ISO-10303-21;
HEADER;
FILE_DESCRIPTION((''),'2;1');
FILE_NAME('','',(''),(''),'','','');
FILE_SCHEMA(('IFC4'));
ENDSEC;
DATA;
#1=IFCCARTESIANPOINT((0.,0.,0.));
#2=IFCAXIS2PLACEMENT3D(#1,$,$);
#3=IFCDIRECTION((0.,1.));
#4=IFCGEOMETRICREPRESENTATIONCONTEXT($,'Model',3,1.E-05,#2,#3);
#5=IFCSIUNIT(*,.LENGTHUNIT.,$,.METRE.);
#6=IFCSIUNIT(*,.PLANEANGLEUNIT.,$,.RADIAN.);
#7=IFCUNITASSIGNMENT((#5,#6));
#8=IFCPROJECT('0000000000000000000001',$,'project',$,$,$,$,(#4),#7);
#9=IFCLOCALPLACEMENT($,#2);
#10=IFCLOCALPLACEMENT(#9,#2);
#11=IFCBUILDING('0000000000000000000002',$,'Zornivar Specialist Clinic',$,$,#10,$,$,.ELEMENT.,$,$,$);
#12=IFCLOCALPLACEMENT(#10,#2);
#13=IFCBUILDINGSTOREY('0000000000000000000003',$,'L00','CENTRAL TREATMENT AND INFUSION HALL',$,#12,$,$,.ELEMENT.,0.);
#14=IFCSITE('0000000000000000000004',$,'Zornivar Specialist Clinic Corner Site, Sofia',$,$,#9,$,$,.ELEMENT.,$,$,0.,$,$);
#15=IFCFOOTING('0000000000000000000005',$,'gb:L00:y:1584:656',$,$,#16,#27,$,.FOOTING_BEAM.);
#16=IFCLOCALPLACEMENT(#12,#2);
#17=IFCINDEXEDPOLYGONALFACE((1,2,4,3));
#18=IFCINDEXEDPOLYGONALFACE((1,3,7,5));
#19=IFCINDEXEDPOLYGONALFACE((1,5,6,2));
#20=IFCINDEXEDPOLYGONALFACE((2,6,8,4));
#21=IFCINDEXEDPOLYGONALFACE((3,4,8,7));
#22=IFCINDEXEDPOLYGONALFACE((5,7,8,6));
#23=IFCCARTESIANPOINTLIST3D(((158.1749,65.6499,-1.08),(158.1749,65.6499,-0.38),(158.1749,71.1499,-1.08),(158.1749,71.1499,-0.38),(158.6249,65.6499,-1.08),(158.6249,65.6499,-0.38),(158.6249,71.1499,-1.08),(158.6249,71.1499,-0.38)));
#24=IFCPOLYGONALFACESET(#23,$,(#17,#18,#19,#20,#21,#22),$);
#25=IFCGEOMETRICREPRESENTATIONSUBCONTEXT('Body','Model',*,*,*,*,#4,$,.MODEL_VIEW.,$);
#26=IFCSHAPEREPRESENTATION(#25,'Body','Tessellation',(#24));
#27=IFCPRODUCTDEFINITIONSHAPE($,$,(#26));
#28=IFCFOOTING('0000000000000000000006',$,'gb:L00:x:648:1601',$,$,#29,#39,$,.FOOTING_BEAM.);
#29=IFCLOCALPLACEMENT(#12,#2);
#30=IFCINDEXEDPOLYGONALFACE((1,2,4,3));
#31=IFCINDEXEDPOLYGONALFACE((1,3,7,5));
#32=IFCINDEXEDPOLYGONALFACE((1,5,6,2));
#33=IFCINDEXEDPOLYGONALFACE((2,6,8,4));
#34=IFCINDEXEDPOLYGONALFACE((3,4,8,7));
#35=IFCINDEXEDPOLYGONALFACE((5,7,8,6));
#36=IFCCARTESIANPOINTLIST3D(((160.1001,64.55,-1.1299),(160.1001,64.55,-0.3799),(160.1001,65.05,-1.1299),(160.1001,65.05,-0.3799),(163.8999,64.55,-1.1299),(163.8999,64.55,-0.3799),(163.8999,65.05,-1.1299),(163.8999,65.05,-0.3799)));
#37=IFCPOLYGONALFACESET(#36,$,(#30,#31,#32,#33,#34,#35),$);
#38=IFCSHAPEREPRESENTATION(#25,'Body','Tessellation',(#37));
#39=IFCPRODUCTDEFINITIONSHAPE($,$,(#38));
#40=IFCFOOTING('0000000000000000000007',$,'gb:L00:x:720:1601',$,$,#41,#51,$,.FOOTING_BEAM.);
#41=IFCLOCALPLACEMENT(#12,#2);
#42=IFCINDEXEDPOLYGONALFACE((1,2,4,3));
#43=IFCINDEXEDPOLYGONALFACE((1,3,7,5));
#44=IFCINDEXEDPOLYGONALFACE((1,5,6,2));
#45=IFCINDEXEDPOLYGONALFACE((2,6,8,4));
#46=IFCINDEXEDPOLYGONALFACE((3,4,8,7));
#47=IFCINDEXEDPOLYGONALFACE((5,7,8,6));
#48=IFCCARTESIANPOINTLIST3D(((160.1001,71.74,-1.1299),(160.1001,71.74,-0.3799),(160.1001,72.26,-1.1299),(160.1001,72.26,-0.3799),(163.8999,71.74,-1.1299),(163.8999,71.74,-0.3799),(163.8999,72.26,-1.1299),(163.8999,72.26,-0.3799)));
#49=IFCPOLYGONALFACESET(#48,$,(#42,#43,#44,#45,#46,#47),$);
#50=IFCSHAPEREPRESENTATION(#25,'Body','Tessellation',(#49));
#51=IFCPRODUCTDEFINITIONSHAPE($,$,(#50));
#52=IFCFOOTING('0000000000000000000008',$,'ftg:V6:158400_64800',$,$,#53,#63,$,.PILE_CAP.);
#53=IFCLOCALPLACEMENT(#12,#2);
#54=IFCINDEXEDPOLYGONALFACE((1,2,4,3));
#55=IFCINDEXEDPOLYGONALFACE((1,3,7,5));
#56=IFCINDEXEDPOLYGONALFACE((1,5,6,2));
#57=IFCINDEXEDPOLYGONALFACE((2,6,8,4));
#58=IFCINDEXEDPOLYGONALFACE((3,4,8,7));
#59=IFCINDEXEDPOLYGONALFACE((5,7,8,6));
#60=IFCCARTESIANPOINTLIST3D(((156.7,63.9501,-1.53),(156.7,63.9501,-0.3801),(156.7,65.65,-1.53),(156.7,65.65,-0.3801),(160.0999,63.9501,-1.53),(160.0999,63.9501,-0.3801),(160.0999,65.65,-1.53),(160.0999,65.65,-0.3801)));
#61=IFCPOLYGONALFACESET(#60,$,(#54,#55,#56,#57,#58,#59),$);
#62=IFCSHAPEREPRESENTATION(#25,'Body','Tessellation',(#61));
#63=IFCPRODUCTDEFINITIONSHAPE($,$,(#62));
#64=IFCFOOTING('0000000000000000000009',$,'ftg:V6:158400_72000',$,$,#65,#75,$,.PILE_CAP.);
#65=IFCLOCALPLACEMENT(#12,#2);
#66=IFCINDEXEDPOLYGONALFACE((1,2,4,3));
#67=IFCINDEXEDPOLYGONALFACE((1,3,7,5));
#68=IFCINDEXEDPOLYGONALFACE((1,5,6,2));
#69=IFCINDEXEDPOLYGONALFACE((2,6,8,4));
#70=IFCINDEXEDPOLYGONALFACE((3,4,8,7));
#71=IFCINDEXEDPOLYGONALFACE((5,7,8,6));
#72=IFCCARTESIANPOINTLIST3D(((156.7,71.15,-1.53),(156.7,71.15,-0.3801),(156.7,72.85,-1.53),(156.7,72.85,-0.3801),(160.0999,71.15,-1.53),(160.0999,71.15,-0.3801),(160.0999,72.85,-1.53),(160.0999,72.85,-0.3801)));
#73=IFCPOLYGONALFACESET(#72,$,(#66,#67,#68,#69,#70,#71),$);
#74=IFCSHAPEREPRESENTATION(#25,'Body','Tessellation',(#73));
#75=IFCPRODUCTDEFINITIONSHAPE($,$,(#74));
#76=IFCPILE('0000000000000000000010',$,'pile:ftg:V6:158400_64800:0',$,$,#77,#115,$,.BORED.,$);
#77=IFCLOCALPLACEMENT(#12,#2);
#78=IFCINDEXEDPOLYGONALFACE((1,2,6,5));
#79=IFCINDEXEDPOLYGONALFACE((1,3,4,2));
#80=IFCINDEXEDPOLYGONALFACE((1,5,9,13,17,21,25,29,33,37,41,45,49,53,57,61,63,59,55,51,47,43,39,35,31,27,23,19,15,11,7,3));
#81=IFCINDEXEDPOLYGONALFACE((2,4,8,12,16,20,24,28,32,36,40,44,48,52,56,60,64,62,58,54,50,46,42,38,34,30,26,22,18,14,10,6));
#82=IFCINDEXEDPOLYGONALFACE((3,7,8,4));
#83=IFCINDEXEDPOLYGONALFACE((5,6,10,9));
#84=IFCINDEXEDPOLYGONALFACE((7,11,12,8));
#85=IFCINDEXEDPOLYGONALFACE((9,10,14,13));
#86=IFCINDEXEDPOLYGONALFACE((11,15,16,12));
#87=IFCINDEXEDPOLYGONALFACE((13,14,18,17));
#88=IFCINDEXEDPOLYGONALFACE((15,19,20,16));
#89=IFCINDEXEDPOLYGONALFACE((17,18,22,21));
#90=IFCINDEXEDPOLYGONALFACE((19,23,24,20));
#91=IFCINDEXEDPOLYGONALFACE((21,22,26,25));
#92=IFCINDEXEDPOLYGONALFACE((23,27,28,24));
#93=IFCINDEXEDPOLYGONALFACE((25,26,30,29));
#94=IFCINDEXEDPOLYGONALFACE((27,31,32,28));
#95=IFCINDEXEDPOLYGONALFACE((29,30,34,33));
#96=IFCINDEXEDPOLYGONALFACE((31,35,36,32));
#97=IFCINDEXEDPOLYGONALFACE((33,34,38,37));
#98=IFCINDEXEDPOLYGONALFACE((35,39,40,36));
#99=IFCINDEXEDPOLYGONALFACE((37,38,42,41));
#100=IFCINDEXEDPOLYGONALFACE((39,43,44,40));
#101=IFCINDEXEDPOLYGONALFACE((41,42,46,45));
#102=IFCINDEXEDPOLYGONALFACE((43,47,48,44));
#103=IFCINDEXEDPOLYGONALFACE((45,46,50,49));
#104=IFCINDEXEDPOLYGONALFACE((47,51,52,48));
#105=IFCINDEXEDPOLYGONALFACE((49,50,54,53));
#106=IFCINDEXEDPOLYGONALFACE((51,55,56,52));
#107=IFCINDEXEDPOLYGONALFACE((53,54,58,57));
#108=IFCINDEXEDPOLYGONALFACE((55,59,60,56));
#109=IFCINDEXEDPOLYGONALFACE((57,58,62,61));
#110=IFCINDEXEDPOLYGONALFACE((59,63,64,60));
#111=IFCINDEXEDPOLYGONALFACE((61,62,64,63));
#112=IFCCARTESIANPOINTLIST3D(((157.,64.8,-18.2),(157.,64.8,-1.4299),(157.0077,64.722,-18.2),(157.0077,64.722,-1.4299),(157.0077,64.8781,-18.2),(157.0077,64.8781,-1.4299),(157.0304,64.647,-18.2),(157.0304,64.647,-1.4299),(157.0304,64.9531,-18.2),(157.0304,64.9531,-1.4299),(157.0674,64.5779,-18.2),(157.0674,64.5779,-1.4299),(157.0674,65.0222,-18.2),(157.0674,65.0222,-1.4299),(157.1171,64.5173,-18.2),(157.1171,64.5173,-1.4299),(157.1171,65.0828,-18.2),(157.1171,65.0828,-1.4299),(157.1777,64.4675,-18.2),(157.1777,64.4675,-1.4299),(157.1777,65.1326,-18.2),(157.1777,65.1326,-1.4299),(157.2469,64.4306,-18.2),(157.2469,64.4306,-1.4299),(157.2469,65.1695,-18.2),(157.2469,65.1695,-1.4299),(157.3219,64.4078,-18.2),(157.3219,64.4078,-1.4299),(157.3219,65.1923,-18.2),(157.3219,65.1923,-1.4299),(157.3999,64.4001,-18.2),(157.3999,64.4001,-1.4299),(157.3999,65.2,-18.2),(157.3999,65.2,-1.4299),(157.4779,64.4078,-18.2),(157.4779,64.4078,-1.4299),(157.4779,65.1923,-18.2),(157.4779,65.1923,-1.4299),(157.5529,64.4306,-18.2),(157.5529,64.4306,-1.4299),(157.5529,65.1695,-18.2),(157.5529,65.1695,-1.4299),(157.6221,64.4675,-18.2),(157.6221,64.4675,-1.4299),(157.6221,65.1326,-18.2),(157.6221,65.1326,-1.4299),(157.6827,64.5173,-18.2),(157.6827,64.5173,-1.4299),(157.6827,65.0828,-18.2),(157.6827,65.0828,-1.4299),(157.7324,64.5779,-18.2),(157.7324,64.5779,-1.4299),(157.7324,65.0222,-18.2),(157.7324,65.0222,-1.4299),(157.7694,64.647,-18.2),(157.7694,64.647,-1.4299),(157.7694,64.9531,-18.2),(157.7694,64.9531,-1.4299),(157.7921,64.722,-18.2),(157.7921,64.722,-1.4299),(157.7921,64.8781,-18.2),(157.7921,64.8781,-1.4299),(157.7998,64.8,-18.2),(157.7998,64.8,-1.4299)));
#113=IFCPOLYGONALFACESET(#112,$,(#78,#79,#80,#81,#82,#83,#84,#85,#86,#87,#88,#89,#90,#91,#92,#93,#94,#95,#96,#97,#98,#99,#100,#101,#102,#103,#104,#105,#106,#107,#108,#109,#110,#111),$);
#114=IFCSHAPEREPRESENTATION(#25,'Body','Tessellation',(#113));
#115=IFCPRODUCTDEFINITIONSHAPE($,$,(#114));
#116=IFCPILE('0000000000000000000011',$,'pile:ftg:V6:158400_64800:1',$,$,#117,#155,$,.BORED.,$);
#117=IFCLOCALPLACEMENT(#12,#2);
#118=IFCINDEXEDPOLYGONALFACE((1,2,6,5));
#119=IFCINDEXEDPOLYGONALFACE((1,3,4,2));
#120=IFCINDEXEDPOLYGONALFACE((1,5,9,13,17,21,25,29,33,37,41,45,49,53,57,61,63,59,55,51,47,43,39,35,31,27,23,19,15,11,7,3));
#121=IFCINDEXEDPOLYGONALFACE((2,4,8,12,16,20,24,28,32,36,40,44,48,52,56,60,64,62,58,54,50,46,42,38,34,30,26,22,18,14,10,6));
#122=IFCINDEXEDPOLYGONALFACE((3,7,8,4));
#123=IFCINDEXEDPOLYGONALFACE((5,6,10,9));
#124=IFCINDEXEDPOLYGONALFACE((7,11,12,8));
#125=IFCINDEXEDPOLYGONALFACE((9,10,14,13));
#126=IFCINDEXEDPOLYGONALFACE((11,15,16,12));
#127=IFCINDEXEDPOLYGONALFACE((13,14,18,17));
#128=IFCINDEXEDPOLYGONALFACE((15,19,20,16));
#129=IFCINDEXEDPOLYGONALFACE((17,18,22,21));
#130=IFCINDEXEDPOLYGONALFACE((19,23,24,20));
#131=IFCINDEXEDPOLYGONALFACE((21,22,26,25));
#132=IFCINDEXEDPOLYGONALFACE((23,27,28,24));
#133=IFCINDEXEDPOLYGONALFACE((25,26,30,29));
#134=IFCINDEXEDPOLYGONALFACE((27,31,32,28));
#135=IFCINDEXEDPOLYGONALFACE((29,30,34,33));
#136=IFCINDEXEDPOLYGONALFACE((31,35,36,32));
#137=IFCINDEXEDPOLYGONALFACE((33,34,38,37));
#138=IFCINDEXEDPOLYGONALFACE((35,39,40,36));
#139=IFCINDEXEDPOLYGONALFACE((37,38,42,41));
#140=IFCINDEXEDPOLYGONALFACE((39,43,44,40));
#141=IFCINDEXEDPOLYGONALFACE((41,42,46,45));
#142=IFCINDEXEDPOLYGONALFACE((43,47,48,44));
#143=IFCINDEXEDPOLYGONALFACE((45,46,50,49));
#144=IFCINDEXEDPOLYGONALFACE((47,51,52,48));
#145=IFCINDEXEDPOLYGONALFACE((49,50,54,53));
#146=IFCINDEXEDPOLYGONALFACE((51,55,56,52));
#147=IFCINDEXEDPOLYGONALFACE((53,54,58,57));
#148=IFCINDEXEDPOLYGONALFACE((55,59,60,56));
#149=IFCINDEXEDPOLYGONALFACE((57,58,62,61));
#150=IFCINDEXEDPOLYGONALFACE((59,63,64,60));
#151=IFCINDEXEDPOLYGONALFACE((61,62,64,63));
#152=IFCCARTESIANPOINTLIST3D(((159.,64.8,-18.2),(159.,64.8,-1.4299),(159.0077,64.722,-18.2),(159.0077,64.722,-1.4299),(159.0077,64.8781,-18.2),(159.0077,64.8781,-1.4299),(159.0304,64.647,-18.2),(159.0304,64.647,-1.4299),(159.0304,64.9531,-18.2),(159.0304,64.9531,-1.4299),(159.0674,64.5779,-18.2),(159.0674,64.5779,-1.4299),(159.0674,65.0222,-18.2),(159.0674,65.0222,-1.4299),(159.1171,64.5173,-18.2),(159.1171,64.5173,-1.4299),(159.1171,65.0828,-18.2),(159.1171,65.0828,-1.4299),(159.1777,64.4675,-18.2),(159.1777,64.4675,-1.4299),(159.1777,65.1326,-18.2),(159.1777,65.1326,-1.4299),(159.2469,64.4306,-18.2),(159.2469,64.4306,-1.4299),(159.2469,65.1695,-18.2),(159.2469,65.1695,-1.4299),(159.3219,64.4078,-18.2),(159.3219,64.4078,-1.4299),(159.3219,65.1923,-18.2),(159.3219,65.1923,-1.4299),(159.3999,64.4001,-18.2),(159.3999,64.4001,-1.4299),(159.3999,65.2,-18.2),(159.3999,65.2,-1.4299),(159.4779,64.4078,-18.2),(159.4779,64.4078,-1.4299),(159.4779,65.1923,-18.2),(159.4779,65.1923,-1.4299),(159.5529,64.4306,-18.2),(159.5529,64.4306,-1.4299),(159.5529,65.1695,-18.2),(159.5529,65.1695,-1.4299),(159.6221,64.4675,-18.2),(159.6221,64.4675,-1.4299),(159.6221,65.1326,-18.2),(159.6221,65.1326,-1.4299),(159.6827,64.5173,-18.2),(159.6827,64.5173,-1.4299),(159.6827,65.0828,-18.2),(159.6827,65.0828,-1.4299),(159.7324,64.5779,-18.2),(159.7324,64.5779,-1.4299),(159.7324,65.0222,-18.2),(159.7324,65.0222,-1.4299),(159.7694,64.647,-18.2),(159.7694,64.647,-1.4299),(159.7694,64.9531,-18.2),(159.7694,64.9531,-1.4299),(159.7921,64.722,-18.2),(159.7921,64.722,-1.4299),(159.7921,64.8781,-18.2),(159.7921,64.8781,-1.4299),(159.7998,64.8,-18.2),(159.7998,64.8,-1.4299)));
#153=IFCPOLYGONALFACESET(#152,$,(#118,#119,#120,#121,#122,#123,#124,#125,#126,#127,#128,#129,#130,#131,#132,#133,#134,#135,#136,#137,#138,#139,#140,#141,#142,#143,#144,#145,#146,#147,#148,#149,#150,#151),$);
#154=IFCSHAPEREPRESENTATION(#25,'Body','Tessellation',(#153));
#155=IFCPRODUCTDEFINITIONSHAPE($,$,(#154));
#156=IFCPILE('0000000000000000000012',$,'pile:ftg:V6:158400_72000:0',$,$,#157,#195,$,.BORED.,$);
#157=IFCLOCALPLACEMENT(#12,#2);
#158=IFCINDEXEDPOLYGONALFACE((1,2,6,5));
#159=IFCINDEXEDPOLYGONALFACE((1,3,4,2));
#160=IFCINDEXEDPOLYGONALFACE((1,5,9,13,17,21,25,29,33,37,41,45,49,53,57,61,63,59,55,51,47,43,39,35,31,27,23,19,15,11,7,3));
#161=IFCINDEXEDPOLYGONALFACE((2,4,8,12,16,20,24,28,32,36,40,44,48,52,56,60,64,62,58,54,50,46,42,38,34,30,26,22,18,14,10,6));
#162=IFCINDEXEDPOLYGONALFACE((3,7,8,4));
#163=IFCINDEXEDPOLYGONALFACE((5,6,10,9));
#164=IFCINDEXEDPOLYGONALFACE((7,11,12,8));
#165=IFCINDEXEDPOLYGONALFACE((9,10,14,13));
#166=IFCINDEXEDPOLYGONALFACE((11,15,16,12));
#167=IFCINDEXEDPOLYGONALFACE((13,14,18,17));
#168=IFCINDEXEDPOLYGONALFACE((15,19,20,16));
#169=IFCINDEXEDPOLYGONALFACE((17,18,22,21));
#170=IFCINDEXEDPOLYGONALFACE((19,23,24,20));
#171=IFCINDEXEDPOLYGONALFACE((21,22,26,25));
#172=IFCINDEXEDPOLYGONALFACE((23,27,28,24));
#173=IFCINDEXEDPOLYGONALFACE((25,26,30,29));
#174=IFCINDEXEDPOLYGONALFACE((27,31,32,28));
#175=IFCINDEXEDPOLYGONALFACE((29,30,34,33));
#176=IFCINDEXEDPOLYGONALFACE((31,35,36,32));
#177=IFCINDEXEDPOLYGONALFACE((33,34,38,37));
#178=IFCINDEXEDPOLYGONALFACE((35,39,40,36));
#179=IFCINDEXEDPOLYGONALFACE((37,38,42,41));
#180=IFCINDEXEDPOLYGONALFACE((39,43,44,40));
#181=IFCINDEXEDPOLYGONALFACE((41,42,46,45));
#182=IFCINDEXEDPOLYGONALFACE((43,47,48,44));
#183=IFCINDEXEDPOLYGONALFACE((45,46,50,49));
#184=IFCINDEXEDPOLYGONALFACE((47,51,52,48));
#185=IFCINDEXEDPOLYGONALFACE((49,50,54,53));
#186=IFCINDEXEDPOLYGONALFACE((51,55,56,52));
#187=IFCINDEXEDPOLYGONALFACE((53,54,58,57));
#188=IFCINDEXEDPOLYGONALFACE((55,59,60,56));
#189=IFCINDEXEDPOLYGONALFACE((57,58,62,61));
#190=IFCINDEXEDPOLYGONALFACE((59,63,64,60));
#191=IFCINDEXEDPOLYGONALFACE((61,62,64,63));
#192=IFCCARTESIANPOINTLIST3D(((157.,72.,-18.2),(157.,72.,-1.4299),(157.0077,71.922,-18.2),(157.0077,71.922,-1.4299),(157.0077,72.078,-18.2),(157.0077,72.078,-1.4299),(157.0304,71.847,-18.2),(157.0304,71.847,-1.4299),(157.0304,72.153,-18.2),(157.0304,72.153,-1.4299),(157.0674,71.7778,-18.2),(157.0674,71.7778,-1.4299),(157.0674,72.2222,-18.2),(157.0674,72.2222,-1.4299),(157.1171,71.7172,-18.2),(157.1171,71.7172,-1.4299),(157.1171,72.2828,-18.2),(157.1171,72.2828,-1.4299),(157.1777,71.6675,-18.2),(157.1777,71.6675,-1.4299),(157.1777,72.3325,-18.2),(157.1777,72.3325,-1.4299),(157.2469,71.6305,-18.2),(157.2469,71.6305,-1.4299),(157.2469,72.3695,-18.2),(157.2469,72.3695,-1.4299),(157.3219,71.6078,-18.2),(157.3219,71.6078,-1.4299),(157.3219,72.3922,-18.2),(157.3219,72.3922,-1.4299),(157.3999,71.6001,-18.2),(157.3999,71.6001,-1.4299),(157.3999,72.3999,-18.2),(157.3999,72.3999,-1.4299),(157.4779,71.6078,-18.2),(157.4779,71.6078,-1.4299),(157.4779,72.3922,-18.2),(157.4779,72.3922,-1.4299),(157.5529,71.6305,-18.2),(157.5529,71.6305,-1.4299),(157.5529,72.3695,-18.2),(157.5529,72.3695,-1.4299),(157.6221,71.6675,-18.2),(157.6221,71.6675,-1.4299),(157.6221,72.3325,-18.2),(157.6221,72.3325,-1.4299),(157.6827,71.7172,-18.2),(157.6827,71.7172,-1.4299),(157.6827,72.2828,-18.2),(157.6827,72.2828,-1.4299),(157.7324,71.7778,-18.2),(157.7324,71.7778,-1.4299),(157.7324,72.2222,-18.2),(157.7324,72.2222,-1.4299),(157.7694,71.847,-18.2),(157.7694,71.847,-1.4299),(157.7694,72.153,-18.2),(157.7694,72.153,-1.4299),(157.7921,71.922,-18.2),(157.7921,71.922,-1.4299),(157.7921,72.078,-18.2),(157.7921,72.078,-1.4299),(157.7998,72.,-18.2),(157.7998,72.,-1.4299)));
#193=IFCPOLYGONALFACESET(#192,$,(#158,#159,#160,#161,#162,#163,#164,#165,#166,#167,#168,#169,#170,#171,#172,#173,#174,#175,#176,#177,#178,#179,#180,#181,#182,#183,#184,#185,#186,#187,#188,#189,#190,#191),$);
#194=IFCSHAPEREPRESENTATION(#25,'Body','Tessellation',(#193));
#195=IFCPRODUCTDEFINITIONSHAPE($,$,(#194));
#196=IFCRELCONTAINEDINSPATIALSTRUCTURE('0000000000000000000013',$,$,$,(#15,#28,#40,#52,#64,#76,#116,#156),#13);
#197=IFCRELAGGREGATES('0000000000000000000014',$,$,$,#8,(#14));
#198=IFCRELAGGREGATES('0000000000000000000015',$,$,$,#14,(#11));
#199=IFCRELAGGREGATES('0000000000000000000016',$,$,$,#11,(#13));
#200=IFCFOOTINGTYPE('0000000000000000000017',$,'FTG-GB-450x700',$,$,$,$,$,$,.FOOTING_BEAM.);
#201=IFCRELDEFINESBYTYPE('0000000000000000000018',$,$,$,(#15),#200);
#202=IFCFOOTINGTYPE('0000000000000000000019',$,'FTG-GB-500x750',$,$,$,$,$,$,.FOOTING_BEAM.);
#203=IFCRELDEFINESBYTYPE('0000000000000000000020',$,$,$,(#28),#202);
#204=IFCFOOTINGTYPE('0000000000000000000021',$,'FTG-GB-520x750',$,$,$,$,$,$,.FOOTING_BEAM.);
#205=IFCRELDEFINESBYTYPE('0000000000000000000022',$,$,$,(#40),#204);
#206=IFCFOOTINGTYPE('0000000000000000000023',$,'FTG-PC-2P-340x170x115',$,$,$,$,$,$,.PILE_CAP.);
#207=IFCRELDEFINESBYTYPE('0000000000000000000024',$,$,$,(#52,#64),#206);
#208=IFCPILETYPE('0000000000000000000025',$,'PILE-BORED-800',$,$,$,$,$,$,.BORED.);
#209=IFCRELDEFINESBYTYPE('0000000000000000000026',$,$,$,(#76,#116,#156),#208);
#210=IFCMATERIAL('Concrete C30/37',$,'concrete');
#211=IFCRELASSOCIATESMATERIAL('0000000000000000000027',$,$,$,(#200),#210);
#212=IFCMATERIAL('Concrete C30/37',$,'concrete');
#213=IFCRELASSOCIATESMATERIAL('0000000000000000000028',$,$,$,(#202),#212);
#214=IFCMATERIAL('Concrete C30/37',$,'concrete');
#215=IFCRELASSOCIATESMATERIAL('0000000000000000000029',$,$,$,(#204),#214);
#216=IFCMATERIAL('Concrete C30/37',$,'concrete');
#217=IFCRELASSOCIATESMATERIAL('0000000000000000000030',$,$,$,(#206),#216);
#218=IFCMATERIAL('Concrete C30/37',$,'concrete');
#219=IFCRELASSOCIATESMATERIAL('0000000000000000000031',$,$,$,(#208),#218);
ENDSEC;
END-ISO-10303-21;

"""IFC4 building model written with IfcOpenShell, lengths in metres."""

from ifc_helpers import new_model, si_unit, direction, frame, origin, origin_2d, place, context, subcontext, project, spatial, rectangle, circle, extrude, material, material_profile, profile_set, type_object, element, save


model = new_model("IFC4")

# Units and contexts
model_context = context("Model", 3, precision=1e-05, world=origin(), true_north=direction((0.0, 1.0)))
body_context = subcontext(model_context, "Body", "Model", "MODEL_VIEW")
ifc_project = project(units=[si_unit("LENGTHUNIT", "METRE"), si_unit("PLANEANGLEUNIT", "RADIAN")], contexts=[model_context])

# Site, building, storey
site_placement = place(None, origin())
site = spatial("IfcSite", under=ifc_project, at=site_placement, Name="Zornivar Specialist Clinic Corner Site, Sofia", CompositionType="ELEMENT", RefElevation=0.0)
building_placement = place(site_placement, origin())
building = spatial("IfcBuilding", under=site, at=building_placement, Name="Zornivar Specialist Clinic", CompositionType="ELEMENT")
storey_placement = place(building_placement, origin())
storey = spatial("IfcBuildingStorey", under=building, at=storey_placement, Name="L00", Description="CENTRAL TREATMENT AND INFUSION HALL", CompositionType="ELEMENT", Elevation=0.0)

# Footings
ifc_material_1 = material(Name="Concrete C30/37", Category="concrete")
ifc_material_profile_1 = material_profile(ifc_material_1, rectangle(XDim=0.45, YDim=0.7, at=origin_2d()), Name="RC 450x700")
ifc_profile_set_1 = profile_set([ifc_material_profile_1], Name="Concrete C30/37")
footing_type_1 = type_object("IfcFootingType", Name="FTG-GB-450x700", PredefinedType="FOOTING_BEAM", material=ifc_profile_set_1)
footing_1_placement = place(storey_placement, frame((158.3999, 65.6499, -0.73), z_axis=(0.0, 1.0, 0.0), x_axis=(-1.0, 0.0, 0.0)))
element("IfcFooting", 1, at=footing_1_placement, inside=storey, type_object=footing_type_1, Name="gb:L00:y:1584:656", PredefinedType="FOOTING_BEAM", context=body_context, shape_type="SweptSolid", body=[
    extrude(rectangle(XDim=0.45, YDim=0.7, at=origin_2d()), origin(), (0.0, 0.0, 1.0), 5.5),
])
ifc_material_2 = material(Name="Concrete C30/37", Category="concrete")
ifc_material_profile_2 = material_profile(ifc_material_2, rectangle(XDim=0.5, YDim=0.75, at=origin_2d()), Name="RC 500x750")
ifc_profile_set_2 = profile_set([ifc_material_profile_2], Name="Concrete C30/37")
footing_type_2 = type_object("IfcFootingType", Name="FTG-GB-500x750", PredefinedType="FOOTING_BEAM", material=ifc_profile_set_2)
footing_2_placement = place(storey_placement, frame((160.1001, 64.8, -0.7549), z_axis=(1.0, 0.0, 0.0), x_axis=(0.0, 1.0, 0.0)))
element("IfcFooting", 2, at=footing_2_placement, inside=storey, type_object=footing_type_2, Name="gb:L00:x:648:1601", PredefinedType="FOOTING_BEAM", context=body_context, shape_type="SweptSolid", body=[
    extrude(rectangle(XDim=0.5, YDim=0.75, at=origin_2d()), origin(), (0.0, 0.0, 1.0), 3.7998),
])
ifc_material_3 = material(Name="Concrete C30/37", Category="concrete")
ifc_material_profile_3 = material_profile(ifc_material_3, rectangle(XDim=0.52, YDim=0.75, at=origin_2d()), Name="RC 520x750")
ifc_profile_set_3 = profile_set([ifc_material_profile_3], Name="Concrete C30/37")
footing_type_3 = type_object("IfcFootingType", Name="FTG-GB-520x750", PredefinedType="FOOTING_BEAM", material=ifc_profile_set_3)
footing_3_placement = place(storey_placement, frame((160.1001, 72.0, -0.7549), z_axis=(1.0, 0.0, 0.0), x_axis=(0.0, 1.0, 0.0)))
element("IfcFooting", 3, at=footing_3_placement, inside=storey, type_object=footing_type_3, Name="gb:L00:x:720:1601", PredefinedType="FOOTING_BEAM", context=body_context, shape_type="SweptSolid", body=[
    extrude(rectangle(XDim=0.52, YDim=0.75, at=origin_2d()), origin(), (0.0, 0.0, 1.0), 3.7998),
])
ifc_material_4 = material(Name="Concrete C30/37", Category="concrete")
footing_type_4 = type_object("IfcFootingType", Name="FTG-PC-2P-340x170x115", PredefinedType="PILE_CAP", material=ifc_material_4)
for number, where, z_axis, x_axis, name in (
    (4, (158.3999, 64.8, -1.53), (0.0, 0.0, 1.0), (1.0, 0.0, 0.0), "ftg:V6:158400_64800"),
    (5, (158.3999, 72.0, -1.53), (0.0, 0.0, 1.0), (1.0, 0.0, 0.0), "ftg:V6:158400_72000"),
):
    element("IfcFooting", number, at=place(storey_placement, frame(where, z_axis=z_axis, x_axis=x_axis)), inside=storey, type_object=footing_type_4, Name=name, PredefinedType="PILE_CAP", context=body_context, shape_type="SweptSolid", body=[
        extrude(rectangle(XDim=3.3999, YDim=1.7, at=origin_2d()), origin(), (0.0, 0.0, 1.0), 1.1499),
    ])

# Piles
ifc_material_5 = material(Name="Concrete C30/37", Category="concrete")
ifc_material_profile_4 = material_profile(ifc_material_5, circle(Radius=0.3999, at=origin_2d()), Name="PILE D800")
ifc_profile_set_4 = profile_set([ifc_material_profile_4], Name="Concrete C30/37")
pile_type = type_object("IfcPileType", Name="PILE-BORED-800", PredefinedType="BORED", material=ifc_profile_set_4)
for number, where, z_axis, x_axis, name in (
    (6, (157.3999, 64.8, -1.4299), (0.0, 0.0, -1.0), (1.0, 0.0, 0.0), "pile:ftg:V6:158400_64800:0"),
    (7, (159.3999, 64.8, -1.4299), (0.0, 0.0, -1.0), (1.0, 0.0, 0.0), "pile:ftg:V6:158400_64800:1"),
    (8, (157.3999, 72.0, -1.4299), (0.0, 0.0, -1.0), (1.0, 0.0, 0.0), "pile:ftg:V6:158400_72000:0"),
):
    element("IfcPile", number, at=place(storey_placement, frame(where, z_axis=z_axis, x_axis=x_axis)), inside=storey, type_object=pile_type, Name=name, PredefinedType="BORED", context=body_context, shape_type="SweptSolid", body=[
        extrude(circle(Radius=0.3999, at=origin_2d()), origin(), (0.0, 0.0, 1.0), 16.77),
    ])

save(model, "model.ifc")
